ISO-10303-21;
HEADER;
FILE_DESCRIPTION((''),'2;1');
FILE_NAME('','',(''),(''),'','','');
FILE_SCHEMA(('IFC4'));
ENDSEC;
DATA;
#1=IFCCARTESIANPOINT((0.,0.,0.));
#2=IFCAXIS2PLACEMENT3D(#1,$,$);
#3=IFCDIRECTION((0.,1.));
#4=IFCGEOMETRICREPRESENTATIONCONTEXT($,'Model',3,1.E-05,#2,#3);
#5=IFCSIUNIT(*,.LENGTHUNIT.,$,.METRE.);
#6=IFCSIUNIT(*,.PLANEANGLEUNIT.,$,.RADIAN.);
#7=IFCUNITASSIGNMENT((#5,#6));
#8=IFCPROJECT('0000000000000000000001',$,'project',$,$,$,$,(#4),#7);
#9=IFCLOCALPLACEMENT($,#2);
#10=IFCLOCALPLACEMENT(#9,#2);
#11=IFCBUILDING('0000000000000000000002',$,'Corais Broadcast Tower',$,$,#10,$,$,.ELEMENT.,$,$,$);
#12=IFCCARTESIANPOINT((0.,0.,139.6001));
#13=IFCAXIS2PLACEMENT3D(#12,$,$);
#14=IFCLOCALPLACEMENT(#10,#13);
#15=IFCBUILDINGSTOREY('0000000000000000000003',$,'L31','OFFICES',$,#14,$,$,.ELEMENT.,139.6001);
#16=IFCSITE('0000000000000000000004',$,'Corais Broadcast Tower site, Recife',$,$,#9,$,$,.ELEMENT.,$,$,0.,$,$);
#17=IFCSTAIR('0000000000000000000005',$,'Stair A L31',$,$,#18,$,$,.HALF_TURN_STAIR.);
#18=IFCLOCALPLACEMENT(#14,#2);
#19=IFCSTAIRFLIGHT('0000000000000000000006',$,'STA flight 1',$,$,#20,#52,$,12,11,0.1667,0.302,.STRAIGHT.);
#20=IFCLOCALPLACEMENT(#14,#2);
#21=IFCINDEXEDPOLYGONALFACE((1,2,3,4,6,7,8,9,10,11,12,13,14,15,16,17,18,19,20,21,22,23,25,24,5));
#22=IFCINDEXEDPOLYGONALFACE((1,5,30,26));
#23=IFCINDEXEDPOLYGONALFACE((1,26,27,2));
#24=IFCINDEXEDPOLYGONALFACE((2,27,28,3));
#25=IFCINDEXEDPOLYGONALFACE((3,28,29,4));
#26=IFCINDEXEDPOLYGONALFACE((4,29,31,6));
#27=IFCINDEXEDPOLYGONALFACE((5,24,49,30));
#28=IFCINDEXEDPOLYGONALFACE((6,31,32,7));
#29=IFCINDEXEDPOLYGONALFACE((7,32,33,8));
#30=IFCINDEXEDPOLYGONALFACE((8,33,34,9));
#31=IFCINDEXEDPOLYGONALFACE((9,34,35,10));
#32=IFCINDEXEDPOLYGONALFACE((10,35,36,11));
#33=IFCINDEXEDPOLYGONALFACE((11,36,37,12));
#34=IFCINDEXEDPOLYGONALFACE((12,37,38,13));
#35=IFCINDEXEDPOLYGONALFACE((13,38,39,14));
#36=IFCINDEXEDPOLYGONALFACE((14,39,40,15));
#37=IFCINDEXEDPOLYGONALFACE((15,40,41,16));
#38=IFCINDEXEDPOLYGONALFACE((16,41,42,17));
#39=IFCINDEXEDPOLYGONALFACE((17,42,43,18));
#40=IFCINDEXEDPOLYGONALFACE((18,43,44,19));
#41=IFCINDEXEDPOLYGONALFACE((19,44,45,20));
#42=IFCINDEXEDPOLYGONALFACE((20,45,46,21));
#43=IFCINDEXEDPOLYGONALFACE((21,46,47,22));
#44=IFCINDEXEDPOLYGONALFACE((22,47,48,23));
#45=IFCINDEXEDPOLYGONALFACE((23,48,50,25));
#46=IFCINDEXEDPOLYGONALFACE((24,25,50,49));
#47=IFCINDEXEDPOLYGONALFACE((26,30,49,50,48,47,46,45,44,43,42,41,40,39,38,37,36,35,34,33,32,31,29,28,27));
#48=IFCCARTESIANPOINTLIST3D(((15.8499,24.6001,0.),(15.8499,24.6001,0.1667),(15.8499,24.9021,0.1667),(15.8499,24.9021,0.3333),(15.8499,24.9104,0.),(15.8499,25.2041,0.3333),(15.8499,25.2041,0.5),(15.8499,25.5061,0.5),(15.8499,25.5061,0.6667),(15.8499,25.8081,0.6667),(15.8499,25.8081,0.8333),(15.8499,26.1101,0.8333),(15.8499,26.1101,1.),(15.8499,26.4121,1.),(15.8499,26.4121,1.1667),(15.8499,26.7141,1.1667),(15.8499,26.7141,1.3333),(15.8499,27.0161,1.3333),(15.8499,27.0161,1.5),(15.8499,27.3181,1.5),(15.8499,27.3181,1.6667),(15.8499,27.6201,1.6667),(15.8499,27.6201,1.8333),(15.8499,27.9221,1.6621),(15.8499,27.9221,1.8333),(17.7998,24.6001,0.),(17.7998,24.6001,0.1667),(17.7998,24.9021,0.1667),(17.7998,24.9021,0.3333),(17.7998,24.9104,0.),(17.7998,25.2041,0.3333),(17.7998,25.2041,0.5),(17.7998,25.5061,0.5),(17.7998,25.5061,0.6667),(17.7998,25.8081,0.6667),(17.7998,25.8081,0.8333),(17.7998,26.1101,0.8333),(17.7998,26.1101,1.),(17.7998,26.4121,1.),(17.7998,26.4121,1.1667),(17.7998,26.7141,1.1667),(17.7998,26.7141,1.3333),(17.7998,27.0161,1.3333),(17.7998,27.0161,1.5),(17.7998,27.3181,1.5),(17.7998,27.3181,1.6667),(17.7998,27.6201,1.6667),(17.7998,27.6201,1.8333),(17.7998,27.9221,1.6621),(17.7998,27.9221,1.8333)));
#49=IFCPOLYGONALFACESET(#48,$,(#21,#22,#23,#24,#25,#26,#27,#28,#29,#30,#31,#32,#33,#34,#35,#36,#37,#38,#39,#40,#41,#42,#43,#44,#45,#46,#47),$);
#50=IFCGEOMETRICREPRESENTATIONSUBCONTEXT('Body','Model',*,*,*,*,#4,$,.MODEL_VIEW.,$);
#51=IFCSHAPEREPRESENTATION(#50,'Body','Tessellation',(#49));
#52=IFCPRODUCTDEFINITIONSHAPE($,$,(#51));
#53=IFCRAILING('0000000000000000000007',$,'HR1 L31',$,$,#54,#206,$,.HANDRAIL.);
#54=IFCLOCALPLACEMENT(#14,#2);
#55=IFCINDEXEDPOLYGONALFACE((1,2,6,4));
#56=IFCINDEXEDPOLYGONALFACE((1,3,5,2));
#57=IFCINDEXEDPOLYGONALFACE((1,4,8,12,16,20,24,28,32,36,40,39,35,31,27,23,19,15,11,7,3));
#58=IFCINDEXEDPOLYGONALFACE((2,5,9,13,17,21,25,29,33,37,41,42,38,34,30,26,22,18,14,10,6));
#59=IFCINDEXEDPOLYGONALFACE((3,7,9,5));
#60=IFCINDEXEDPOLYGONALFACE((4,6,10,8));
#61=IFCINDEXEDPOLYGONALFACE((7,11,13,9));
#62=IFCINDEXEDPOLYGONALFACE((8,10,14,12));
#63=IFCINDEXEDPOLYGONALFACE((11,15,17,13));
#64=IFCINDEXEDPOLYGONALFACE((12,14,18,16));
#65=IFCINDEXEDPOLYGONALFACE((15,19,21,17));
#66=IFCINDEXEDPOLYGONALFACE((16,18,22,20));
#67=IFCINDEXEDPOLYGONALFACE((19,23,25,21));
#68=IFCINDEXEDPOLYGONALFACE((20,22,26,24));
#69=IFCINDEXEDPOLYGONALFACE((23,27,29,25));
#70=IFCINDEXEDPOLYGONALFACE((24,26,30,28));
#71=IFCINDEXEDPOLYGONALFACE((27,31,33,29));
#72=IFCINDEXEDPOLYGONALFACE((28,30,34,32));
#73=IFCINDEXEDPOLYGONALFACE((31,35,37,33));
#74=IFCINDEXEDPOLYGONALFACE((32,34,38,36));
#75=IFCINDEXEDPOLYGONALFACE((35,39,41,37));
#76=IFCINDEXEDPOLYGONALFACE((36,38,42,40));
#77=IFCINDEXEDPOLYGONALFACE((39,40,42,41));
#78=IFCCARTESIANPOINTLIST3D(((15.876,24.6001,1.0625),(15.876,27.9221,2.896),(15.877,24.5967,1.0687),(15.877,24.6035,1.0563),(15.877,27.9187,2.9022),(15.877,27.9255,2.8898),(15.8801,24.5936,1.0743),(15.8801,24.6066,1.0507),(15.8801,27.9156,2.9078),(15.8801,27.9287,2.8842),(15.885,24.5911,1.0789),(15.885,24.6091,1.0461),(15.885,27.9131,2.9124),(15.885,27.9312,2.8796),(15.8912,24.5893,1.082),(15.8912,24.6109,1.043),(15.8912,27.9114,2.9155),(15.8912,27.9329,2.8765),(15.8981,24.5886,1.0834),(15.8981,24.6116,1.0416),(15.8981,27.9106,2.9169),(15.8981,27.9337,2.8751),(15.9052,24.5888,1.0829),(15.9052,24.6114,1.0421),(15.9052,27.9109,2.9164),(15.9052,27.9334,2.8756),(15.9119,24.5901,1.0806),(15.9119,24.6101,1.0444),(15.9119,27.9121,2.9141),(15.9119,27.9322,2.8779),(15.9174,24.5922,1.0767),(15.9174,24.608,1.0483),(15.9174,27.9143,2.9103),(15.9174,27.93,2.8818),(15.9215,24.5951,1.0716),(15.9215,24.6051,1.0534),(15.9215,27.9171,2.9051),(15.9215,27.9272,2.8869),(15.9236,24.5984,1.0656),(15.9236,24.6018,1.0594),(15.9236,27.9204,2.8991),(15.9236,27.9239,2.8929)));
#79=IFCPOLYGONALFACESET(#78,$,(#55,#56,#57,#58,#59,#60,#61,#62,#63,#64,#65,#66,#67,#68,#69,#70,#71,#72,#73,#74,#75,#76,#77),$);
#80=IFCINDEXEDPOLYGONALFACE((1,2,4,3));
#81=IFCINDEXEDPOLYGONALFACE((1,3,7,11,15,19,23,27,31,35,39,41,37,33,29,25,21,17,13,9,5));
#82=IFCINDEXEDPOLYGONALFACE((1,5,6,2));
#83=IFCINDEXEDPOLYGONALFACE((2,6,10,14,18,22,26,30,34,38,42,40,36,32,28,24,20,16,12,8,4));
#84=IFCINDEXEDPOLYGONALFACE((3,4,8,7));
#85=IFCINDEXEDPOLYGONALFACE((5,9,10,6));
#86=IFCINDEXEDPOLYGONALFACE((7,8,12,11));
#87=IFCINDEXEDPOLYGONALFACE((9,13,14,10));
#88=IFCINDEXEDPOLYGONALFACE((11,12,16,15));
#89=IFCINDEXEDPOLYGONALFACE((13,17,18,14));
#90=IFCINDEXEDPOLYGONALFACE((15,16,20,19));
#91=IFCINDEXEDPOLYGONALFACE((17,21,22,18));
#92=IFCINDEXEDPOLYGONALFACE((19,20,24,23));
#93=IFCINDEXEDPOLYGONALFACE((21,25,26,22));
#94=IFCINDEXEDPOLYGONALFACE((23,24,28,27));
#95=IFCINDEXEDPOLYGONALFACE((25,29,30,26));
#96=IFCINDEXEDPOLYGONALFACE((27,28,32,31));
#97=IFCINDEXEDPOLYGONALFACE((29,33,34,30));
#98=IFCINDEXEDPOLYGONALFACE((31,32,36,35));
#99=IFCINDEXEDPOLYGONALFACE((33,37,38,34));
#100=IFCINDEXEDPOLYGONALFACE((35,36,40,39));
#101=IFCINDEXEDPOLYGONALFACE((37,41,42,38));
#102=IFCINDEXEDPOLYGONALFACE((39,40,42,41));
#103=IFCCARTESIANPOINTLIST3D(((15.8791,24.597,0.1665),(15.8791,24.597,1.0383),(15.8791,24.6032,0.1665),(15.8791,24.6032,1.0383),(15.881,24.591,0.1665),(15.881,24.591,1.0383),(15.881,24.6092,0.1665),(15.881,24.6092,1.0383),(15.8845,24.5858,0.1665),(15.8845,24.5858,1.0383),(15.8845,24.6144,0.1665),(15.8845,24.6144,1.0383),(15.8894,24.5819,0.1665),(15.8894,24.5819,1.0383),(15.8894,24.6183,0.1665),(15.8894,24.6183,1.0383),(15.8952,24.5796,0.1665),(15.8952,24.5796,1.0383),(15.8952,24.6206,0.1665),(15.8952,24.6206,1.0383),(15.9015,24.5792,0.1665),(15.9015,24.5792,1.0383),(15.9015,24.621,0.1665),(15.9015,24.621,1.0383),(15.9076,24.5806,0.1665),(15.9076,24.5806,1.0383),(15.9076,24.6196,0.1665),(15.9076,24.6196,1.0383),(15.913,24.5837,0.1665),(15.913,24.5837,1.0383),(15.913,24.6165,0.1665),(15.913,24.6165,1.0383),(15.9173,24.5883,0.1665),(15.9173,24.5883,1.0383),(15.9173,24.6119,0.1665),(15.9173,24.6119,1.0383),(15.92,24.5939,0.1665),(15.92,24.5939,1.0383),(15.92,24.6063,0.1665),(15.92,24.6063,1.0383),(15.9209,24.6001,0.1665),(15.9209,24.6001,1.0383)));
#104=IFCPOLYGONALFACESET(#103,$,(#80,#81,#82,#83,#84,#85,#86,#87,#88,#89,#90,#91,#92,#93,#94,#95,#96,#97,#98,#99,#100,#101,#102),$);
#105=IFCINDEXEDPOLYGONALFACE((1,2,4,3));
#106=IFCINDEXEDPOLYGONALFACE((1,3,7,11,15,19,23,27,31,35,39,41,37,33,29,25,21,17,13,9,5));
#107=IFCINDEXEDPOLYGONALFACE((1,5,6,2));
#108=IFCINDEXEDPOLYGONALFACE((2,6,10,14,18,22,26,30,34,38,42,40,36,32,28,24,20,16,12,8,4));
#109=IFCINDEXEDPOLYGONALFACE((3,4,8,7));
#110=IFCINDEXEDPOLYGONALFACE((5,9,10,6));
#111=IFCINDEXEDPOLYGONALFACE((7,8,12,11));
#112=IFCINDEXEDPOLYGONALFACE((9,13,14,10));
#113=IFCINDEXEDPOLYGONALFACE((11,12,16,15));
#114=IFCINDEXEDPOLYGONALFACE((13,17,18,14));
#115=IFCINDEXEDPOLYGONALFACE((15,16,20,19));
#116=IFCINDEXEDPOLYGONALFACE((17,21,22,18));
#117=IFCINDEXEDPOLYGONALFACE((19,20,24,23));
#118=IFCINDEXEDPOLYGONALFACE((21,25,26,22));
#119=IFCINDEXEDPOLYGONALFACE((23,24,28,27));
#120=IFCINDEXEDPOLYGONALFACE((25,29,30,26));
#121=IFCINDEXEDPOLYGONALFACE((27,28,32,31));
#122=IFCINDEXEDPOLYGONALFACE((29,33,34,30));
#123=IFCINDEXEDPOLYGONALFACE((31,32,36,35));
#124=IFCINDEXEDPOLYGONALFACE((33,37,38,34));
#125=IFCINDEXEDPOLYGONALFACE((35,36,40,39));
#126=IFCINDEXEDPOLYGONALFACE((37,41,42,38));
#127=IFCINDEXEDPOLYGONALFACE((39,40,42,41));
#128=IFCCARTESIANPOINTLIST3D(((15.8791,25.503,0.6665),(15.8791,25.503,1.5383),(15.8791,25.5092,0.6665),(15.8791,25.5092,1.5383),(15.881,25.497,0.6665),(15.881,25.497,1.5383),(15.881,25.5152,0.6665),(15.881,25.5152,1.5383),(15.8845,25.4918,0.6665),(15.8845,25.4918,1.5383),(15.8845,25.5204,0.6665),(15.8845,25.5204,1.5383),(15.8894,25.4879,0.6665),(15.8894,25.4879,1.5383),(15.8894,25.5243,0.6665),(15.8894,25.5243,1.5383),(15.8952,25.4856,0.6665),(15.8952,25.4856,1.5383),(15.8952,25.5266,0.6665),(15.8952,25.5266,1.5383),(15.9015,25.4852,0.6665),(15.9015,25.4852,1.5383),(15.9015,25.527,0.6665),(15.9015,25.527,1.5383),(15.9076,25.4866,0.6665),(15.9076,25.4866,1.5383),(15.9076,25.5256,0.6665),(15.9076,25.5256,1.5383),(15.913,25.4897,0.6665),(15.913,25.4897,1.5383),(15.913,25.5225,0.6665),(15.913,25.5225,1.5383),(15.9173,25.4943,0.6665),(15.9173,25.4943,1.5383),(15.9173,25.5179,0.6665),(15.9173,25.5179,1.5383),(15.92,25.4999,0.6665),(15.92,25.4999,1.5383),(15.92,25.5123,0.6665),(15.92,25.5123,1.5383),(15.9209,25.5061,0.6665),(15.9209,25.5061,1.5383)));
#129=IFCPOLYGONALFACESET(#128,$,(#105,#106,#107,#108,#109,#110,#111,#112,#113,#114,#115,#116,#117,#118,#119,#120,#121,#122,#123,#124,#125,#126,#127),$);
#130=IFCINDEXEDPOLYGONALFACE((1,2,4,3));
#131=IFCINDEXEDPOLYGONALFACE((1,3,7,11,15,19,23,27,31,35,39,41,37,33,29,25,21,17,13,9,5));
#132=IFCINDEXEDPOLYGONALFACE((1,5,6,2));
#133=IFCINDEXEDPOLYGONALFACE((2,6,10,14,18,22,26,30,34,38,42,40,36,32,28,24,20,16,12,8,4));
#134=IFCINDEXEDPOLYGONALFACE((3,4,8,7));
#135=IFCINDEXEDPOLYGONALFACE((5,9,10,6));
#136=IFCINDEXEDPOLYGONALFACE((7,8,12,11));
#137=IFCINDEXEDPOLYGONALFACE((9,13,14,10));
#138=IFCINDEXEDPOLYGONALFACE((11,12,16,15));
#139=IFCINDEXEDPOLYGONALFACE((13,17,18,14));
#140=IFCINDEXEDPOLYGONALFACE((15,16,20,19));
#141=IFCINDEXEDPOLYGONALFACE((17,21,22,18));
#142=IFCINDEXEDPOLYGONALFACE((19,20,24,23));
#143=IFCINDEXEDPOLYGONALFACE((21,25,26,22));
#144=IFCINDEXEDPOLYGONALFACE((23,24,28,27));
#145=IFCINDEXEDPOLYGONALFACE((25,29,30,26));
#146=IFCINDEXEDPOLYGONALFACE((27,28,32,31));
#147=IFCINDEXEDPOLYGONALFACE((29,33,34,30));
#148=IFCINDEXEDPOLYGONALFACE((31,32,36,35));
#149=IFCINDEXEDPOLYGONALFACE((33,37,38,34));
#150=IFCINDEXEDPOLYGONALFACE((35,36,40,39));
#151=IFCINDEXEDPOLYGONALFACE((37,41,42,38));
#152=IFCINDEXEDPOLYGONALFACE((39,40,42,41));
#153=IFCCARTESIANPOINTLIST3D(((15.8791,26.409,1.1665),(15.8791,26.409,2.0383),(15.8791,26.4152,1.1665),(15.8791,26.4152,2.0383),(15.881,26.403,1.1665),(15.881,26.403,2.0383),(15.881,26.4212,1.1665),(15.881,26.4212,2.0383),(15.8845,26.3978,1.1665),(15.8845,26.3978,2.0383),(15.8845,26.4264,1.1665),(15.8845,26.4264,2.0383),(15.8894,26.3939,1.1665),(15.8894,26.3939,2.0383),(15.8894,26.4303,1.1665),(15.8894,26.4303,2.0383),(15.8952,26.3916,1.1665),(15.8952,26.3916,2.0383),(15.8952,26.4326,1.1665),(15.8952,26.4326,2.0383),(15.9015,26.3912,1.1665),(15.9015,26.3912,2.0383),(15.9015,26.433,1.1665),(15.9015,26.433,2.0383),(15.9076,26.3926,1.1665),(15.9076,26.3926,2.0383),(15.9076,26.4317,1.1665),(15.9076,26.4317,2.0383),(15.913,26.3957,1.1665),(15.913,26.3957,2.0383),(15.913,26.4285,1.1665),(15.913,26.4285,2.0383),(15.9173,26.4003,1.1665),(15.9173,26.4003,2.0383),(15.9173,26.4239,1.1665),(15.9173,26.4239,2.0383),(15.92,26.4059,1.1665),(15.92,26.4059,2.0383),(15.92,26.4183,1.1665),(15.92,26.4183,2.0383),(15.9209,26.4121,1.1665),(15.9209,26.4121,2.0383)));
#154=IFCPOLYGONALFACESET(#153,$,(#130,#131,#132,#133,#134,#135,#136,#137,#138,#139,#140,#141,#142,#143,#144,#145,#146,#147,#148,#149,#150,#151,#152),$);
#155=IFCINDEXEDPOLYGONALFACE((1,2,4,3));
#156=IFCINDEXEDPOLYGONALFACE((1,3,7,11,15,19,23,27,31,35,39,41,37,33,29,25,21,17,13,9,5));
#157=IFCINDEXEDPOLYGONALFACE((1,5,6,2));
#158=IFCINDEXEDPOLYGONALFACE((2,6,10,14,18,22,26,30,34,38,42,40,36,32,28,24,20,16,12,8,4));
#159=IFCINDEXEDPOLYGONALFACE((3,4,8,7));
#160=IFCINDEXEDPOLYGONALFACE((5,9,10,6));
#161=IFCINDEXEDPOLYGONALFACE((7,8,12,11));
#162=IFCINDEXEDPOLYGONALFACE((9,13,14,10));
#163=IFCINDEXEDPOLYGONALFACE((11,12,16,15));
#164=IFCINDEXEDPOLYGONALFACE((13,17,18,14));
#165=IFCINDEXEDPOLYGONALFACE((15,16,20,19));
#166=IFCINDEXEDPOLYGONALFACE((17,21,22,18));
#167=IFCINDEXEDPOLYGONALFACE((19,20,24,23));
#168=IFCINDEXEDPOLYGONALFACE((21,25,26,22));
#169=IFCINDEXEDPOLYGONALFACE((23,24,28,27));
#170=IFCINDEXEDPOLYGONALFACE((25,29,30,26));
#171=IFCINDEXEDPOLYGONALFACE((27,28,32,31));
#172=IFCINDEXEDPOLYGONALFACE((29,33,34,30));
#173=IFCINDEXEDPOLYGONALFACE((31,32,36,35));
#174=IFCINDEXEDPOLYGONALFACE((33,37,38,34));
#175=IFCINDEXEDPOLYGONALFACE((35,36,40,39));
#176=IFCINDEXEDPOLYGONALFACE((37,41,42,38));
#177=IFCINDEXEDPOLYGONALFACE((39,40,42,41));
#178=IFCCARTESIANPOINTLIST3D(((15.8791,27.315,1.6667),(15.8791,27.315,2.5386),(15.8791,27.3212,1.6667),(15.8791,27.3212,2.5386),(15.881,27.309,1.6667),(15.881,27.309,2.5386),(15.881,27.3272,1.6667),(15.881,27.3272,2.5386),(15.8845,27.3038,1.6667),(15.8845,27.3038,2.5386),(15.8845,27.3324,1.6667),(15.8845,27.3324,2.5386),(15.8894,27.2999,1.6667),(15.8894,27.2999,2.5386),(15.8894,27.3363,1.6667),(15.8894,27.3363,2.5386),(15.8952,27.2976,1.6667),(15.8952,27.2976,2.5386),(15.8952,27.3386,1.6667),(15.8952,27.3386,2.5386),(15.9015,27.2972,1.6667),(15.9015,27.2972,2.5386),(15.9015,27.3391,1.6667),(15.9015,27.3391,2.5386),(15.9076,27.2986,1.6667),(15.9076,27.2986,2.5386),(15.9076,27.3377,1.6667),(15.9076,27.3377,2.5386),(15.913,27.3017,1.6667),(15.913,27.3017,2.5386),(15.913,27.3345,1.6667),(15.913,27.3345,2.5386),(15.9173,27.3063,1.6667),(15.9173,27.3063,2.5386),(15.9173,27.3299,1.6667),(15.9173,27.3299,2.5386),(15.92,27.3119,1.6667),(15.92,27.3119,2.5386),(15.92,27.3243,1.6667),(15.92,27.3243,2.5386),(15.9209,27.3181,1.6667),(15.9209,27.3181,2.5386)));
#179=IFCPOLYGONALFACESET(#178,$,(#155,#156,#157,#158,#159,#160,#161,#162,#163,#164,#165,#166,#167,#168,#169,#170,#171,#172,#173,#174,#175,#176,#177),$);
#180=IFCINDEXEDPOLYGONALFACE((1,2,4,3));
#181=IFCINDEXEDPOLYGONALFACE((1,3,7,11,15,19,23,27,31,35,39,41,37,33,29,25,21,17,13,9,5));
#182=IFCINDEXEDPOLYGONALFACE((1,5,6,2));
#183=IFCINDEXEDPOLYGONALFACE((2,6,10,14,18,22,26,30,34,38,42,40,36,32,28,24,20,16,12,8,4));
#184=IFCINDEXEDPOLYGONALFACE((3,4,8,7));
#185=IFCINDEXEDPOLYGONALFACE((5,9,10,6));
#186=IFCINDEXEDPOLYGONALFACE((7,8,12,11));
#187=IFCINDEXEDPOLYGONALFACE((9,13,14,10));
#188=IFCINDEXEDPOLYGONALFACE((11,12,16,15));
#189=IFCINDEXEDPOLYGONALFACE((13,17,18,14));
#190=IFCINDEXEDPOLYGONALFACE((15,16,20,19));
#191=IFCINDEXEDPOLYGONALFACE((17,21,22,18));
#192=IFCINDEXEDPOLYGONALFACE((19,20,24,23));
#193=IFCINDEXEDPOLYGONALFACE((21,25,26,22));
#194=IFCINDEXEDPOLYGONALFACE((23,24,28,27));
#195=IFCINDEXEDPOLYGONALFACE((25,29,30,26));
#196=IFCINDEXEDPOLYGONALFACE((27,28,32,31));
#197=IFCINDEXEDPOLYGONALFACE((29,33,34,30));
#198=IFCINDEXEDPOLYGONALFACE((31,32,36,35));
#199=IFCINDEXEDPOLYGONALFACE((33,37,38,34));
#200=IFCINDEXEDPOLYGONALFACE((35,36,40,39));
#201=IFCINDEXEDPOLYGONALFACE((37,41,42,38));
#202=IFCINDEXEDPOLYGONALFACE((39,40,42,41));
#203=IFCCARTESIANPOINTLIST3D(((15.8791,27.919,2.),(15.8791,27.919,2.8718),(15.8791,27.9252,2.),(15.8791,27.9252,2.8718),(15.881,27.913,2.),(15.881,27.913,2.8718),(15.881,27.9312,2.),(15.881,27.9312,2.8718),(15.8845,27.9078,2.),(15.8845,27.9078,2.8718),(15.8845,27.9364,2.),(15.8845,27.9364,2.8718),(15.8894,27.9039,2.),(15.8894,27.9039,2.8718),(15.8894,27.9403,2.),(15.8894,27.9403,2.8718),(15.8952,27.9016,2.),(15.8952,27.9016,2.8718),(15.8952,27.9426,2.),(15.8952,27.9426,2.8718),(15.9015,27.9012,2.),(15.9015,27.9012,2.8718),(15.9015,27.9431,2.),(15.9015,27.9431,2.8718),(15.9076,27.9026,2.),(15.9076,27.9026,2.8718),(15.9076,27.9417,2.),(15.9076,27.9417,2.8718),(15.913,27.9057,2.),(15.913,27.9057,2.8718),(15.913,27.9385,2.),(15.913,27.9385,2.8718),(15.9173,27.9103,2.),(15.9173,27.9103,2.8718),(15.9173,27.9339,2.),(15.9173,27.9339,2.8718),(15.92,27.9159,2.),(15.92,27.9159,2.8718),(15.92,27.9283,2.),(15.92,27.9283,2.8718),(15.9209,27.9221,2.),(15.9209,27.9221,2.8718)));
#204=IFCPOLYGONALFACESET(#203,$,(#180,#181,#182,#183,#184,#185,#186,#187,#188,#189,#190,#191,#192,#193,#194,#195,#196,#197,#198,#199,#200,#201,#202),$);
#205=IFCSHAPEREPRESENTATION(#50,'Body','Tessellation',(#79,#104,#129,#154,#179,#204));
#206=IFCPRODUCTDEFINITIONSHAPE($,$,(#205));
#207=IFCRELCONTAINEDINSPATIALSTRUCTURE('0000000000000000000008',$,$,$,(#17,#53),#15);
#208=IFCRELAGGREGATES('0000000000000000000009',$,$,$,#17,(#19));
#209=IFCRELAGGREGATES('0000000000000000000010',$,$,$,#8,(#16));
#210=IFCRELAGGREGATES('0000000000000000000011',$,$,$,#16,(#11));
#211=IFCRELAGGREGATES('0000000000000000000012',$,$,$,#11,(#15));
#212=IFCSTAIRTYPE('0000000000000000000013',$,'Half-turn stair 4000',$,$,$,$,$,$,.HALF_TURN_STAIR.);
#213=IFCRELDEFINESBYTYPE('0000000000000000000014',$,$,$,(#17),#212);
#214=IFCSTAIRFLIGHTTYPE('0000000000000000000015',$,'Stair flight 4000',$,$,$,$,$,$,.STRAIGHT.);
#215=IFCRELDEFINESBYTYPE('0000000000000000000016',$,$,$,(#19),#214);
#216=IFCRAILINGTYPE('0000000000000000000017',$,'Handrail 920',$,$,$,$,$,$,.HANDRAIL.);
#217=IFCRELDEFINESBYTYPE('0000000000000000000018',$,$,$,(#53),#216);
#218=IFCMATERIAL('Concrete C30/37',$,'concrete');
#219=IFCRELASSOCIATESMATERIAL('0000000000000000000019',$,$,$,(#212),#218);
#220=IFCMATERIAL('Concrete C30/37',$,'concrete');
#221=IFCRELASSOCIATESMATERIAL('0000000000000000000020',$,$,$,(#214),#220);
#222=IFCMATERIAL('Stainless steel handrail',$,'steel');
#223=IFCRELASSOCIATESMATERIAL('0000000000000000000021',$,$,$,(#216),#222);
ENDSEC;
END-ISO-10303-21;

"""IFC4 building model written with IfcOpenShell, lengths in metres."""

from ifc_helpers import new_model, si_unit, direction, frame, origin, origin_2d, place, context, subcontext, project, spatial, polyline, circle, outline, extrude, material, type_object, element, aggregate, save


model = new_model("IFC4")

# Units and contexts
model_context = context("Model", 3, precision=1e-05, world=origin(), true_north=direction((0.0, 1.0)))
body_context = subcontext(model_context, "Body", "Model", "MODEL_VIEW")
ifc_project = project(units=[si_unit("LENGTHUNIT", "METRE"), si_unit("PLANEANGLEUNIT", "RADIAN")], contexts=[model_context])

# Site, building, storey
site_placement = place(None, origin())
site = spatial("IfcSite", under=ifc_project, at=site_placement, Name="Corais Broadcast Tower site, Recife", CompositionType="ELEMENT", RefElevation=0.0)
building_placement = place(site_placement, origin())
building = spatial("IfcBuilding", under=site, at=building_placement, Name="Corais Broadcast Tower", CompositionType="ELEMENT")
storey_placement = place(building_placement, frame((0.0, 0.0, 139.6001)))
storey = spatial("IfcBuildingStorey", under=building, at=storey_placement, Name="L31", Description="OFFICES", CompositionType="ELEMENT", Elevation=139.6001)

# Stair, stair flight
ifc_material_1 = material(Name="Concrete C30/37", Category="concrete")
stair_type = type_object("IfcStairType", Name="Half-turn stair 4000", PredefinedType="HALF_TURN_STAIR", material=ifc_material_1)
stair_placement = place(storey_placement, origin())
stair = element("IfcStair", 1, at=stair_placement, inside=storey, type_object=stair_type, Name="Stair A L31", PredefinedType="HALF_TURN_STAIR")
ifc_material_2 = material(Name="Concrete C30/37", Category="concrete")
stair_flight_type = type_object("IfcStairFlightType", Name="Stair flight 4000", PredefinedType="STRAIGHT", material=ifc_material_2)
stair_flight_placement = place(storey_placement, frame((16.825, 24.6001, 0.0), z_axis=(0.0, 0.0, 1.0), x_axis=(0.0, 1.0, 0.0)))
stair_flight = element("IfcStairFlight", 2, at=stair_flight_placement, type_object=stair_flight_type, Name="STA flight 1", NumberOfRisers=12, NumberOfTreads=11, PredefinedType="STRAIGHT", RiserHeight=0.1667, TreadLength=0.302, context=body_context, shape_type="SweptSolid", body=[
    extrude(outline(polyline([(0.0, 0.0), (0.0, 0.1667), (0.302, 0.1667), (0.302, 0.3333), (0.604, 0.3333), (0.604, 0.5), (0.906, 0.5), (0.906, 0.6667), (1.208, 0.6667), (1.208, 0.8333), (1.51, 0.8333), (1.51, 1.0), (1.812, 1.0), (1.812, 1.1667), (2.114, 1.1667), (2.114, 1.3333), (2.416, 1.3333), (2.416, 1.5), (2.718, 1.5), (2.718, 1.6667), (3.02, 1.6667), (3.02, 1.8333), (3.322, 1.8333), (3.322, 2.0), (3.322, 1.6621), (0.3103, 0.0), (0.0, 0.0)])), frame((0.0, 0.9751, 0.0), z_axis=(0.0, -1.0, 0.0), x_axis=(1.0, 0.0, 0.0)), (0.0, 0.0, 1.0), 1.95),
])
aggregate(stair, [stair_flight])

# Railing
ifc_material_3 = material(Name="Stainless steel handrail", Category="steel")
railing_type = type_object("IfcRailingType", Name="Handrail 920", PredefinedType="HANDRAIL", material=ifc_material_3)
railing_placement = place(storey_placement, frame((15.8999, 24.6001, 0.1665)))
element("IfcRailing", 3, at=railing_placement, inside=storey, type_object=railing_type, Name="HR1 L31", PredefinedType="HANDRAIL", context=body_context, shape_type="SweptSolid", body=[
    extrude(circle(Radius=0.0239, at=origin_2d()), frame((0.0, 0.0, 0.896), z_axis=(0.0, 0.875504, 0.48321), x_axis=(-1.0, 0.0, 0.0)), (0.0, 0.0, 1.0), 3.7944),
    extrude(circle(Radius=0.021, at=origin_2d()), origin(), (0.0, 0.0, 1.0), 0.8718),
    extrude(circle(Radius=0.021, at=origin_2d()), frame((0.0, 0.906, 0.5)), (0.0, 0.0, 1.0), 0.8718),
    extrude(circle(Radius=0.021, at=origin_2d()), frame((0.0, 1.812, 1.0)), (0.0, 0.0, 1.0), 0.8718),
    extrude(circle(Radius=0.021, at=origin_2d()), frame((0.0, 2.718, 1.5002)), (0.0, 0.0, 1.0), 0.8718),
    extrude(circle(Radius=0.021, at=origin_2d()), frame((0.0, 3.322, 1.8335)), (0.0, 0.0, 1.0), 0.8718),
])

save(model, "model.ifc")
